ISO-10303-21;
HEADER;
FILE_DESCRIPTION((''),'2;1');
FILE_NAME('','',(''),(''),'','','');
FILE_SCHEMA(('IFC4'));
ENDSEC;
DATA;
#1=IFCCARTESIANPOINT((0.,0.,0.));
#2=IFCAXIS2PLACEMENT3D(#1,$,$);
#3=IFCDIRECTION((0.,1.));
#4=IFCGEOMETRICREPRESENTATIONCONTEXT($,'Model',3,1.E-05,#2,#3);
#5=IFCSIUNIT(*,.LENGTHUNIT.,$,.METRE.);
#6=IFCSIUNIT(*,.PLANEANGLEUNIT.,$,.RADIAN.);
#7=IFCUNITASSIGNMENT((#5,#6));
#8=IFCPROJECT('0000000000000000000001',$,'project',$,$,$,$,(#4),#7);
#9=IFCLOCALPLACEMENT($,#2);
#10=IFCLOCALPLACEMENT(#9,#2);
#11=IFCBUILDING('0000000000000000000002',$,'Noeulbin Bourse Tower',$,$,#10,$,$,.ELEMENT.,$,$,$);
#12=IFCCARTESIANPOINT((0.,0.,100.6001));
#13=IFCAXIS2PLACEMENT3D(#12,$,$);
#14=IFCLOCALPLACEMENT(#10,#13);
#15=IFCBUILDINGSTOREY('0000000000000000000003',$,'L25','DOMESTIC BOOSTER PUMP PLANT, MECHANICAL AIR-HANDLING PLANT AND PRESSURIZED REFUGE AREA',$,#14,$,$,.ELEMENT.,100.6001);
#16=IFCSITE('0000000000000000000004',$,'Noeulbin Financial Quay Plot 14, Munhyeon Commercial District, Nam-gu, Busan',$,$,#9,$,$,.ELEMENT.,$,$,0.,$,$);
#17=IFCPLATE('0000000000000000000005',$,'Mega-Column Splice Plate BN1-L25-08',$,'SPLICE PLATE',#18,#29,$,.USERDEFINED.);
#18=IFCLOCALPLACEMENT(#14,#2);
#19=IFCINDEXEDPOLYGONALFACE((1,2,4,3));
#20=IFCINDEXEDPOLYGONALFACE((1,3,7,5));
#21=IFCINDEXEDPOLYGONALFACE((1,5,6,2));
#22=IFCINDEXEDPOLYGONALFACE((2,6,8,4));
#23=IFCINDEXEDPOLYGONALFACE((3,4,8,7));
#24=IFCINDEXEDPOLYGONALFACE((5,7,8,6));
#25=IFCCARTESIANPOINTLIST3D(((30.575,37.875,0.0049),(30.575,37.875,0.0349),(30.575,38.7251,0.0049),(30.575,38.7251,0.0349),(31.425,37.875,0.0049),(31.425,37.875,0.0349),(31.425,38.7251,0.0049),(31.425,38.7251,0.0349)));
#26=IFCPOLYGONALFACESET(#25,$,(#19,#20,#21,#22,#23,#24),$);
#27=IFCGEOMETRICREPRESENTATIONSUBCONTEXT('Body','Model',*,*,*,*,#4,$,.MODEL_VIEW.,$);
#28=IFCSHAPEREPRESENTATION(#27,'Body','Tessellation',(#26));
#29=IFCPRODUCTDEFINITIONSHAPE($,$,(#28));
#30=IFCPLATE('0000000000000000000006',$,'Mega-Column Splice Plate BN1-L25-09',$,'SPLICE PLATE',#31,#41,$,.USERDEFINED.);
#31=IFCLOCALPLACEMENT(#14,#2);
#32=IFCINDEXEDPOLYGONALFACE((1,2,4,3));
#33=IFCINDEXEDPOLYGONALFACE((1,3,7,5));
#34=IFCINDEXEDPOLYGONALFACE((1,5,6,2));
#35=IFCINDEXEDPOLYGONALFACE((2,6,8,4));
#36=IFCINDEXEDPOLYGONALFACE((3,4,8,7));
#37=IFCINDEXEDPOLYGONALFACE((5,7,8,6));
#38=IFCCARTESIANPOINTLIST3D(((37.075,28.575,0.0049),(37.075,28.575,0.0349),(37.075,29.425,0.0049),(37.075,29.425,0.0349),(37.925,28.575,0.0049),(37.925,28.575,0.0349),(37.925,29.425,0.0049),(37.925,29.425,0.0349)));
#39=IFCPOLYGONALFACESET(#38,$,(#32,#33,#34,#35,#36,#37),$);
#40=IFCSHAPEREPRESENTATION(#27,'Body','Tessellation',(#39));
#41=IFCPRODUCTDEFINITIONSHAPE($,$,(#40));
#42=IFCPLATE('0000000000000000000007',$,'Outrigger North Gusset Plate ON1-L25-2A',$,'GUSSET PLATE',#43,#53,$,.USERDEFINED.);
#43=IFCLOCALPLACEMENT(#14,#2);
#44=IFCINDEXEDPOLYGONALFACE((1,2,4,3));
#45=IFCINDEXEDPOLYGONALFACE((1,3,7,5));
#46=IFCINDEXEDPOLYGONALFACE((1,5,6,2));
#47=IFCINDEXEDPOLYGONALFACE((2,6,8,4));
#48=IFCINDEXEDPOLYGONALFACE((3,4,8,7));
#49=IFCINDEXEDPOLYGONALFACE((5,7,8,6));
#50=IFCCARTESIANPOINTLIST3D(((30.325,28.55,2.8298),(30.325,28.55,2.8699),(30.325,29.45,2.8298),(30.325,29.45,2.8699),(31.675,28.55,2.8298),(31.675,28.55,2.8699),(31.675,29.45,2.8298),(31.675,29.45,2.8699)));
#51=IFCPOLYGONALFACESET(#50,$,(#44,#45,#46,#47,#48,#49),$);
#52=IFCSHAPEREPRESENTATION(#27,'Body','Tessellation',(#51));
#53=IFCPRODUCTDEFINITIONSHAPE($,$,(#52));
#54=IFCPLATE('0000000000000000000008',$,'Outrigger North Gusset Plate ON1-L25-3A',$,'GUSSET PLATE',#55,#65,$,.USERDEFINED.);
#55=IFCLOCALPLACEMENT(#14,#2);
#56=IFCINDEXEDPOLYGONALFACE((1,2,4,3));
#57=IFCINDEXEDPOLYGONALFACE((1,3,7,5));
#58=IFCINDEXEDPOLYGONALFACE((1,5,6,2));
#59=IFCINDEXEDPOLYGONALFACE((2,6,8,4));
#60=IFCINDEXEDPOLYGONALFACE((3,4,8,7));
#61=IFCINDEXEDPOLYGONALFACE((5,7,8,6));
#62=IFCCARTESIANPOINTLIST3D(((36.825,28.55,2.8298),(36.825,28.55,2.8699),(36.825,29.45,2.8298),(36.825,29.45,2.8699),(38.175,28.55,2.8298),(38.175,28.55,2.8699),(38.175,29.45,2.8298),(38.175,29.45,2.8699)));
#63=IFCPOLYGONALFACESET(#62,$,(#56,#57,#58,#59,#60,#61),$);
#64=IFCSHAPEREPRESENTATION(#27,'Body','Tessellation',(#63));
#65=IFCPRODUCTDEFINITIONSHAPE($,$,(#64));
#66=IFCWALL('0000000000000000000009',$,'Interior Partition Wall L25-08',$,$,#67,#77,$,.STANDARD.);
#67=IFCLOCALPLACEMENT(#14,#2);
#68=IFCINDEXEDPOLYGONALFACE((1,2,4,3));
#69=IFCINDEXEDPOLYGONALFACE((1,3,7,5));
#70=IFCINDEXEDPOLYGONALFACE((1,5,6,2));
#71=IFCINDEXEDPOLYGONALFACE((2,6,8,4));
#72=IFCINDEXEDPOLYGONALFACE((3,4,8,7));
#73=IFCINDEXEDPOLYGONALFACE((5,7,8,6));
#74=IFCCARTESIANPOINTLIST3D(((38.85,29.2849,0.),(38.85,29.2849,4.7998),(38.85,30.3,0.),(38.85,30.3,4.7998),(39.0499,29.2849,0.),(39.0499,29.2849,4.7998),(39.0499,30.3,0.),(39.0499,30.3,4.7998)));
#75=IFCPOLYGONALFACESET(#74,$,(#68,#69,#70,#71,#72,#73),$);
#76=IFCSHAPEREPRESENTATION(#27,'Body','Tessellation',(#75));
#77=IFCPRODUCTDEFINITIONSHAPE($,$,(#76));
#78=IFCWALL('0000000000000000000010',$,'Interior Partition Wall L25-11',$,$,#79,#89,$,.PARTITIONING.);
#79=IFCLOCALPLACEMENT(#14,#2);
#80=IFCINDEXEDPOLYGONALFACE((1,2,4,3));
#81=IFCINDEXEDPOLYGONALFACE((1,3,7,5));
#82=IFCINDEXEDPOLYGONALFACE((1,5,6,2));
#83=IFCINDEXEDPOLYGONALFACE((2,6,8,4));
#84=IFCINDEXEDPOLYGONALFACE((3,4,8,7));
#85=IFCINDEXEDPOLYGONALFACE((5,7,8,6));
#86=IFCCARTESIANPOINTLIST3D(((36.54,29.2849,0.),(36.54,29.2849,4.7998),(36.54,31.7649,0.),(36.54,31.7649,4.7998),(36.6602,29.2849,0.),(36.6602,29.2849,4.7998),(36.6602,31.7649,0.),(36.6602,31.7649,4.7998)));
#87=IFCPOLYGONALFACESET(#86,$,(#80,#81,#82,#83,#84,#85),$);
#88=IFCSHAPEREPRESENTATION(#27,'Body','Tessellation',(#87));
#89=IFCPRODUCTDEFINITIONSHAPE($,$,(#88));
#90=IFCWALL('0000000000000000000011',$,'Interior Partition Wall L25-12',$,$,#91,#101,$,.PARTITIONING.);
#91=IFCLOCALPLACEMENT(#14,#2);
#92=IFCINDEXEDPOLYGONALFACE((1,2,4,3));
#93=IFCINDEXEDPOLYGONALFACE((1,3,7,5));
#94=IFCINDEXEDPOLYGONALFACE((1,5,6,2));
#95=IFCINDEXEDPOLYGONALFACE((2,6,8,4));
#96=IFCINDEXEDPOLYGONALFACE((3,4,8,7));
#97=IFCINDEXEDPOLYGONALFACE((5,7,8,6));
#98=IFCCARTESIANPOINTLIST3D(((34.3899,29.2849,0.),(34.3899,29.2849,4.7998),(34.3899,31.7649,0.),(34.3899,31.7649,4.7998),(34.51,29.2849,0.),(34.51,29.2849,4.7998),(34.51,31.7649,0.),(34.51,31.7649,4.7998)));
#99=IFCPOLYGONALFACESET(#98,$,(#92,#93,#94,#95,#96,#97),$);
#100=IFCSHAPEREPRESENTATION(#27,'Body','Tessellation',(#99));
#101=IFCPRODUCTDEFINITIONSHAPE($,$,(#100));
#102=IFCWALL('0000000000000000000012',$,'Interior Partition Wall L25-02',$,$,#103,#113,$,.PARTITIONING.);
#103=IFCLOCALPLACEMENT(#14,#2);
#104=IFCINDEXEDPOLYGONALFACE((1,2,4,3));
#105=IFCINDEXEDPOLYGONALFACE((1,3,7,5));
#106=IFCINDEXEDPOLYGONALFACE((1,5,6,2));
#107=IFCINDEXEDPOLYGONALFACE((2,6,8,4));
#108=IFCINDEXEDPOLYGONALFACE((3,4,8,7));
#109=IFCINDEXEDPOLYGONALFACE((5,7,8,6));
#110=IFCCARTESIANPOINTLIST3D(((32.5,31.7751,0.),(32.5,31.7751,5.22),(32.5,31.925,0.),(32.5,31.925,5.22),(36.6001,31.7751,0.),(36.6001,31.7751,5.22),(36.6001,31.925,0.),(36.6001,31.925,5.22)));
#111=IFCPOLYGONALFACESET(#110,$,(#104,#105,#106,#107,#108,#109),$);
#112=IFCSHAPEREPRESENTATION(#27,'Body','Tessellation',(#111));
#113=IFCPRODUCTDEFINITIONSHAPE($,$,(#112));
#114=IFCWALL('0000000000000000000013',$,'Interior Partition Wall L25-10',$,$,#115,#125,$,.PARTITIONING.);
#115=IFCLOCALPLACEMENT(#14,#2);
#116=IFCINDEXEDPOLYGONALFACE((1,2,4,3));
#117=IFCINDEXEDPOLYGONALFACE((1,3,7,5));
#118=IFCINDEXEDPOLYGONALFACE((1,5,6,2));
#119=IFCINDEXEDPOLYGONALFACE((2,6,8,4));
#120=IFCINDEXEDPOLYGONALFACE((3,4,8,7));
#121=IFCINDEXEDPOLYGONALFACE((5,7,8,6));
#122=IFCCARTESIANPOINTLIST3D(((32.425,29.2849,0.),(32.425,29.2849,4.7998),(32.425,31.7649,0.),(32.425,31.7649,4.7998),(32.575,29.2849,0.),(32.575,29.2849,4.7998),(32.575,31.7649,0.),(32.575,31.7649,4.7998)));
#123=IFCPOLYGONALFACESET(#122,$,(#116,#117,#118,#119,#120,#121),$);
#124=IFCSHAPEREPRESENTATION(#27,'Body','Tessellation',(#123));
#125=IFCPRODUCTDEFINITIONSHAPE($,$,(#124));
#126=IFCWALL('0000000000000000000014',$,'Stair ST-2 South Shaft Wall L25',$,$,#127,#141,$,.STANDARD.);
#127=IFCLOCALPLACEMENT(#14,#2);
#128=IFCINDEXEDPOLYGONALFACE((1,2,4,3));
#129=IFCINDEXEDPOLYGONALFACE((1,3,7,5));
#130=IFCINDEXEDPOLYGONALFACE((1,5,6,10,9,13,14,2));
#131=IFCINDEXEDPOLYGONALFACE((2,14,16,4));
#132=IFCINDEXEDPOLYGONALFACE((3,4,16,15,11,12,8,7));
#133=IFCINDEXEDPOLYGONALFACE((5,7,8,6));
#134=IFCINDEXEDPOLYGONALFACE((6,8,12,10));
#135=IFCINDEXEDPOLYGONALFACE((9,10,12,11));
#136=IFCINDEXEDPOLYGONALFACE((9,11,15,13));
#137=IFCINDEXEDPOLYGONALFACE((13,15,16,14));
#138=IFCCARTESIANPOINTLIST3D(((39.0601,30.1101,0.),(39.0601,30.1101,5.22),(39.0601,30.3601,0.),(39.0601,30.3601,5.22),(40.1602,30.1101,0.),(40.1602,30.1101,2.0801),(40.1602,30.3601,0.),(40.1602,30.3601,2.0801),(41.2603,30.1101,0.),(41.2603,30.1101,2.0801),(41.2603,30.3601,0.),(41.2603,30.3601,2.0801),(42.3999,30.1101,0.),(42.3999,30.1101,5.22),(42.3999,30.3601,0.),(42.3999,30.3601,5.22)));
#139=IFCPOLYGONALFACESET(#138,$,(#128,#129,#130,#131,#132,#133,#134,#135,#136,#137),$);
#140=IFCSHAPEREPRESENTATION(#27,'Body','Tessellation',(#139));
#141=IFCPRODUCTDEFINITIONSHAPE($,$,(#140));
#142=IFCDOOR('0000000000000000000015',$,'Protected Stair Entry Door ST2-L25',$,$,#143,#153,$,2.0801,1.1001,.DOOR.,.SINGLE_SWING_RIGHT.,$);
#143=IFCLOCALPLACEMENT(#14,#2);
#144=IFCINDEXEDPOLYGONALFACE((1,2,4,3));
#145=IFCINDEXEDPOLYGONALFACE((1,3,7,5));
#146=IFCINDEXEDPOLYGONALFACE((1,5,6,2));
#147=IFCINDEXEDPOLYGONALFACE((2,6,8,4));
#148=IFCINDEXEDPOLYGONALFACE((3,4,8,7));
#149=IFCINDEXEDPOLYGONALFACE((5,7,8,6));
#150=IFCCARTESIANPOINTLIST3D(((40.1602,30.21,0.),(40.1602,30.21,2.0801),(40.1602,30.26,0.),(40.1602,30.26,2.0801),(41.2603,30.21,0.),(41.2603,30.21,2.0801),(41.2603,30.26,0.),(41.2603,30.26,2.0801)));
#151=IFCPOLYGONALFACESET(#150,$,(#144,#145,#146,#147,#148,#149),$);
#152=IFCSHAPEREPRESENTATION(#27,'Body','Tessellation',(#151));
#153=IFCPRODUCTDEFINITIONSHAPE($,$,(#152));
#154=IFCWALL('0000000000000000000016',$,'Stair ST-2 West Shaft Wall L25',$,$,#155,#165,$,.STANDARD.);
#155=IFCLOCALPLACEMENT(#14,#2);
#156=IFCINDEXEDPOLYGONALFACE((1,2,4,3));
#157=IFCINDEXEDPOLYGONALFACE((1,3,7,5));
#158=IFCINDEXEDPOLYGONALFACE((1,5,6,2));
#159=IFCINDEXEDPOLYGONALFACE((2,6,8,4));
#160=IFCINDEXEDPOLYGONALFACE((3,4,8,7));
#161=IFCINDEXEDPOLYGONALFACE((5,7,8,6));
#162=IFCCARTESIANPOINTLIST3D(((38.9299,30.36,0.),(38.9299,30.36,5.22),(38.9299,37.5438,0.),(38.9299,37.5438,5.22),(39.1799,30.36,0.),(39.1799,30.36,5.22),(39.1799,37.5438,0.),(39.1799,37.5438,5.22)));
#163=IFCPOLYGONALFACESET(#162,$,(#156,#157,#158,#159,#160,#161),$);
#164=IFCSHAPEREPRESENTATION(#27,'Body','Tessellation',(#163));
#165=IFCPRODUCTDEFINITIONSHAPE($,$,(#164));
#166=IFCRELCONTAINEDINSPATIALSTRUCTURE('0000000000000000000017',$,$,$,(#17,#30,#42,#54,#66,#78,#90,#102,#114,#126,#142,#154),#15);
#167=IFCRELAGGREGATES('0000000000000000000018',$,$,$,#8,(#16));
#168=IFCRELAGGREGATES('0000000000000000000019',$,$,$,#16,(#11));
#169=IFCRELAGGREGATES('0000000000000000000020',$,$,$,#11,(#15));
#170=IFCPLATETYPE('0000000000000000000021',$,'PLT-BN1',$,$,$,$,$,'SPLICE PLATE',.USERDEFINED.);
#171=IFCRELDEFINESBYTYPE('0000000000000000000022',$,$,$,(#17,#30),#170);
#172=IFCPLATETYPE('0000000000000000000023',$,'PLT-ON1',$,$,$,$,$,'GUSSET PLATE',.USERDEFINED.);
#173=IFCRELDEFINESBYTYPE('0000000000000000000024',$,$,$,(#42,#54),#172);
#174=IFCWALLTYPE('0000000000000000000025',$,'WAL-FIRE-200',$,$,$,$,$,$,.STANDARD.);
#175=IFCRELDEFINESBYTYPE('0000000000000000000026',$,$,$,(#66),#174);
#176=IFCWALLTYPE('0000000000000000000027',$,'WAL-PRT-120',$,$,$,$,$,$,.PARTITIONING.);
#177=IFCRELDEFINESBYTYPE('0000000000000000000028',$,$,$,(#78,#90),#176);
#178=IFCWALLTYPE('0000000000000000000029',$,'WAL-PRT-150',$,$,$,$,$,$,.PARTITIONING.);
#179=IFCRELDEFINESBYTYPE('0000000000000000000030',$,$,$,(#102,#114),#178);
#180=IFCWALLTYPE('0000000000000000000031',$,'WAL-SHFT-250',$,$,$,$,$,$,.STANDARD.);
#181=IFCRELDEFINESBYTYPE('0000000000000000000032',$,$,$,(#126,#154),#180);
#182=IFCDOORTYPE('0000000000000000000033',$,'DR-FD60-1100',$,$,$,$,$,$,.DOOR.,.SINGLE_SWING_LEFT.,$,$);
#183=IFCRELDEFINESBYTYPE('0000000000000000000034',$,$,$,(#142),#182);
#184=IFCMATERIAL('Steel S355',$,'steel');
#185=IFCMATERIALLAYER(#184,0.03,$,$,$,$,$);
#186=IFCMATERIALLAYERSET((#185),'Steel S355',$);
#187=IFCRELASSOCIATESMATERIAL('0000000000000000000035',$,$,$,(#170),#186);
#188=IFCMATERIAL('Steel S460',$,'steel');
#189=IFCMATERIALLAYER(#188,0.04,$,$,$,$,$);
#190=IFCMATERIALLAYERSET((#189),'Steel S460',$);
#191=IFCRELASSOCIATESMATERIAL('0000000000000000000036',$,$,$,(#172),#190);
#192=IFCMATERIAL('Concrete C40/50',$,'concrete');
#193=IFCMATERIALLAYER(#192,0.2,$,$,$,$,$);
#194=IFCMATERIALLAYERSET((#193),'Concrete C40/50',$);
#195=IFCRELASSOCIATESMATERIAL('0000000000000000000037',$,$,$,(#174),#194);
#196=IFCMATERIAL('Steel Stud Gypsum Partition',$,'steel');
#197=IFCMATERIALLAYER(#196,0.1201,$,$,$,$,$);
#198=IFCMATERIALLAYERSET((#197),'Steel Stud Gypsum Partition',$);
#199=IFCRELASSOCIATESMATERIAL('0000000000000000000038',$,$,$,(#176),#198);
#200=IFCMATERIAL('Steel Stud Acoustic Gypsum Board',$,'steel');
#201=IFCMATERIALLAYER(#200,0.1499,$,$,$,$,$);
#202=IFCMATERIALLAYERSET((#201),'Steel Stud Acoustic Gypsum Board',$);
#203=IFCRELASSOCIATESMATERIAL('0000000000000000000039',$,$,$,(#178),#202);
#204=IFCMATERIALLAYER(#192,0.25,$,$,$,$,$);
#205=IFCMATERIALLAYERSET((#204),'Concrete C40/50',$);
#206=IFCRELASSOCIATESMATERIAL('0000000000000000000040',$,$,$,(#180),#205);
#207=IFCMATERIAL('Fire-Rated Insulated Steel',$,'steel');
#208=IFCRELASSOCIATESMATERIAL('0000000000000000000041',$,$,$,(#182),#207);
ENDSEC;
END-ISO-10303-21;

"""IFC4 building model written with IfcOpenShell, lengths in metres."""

from ifc_helpers import new_model, si_unit, direction, frame, frame_2d, origin, origin_2d, place, context, subcontext, project, spatial, rectangle, extrude, material, layer, layer_set, type_object, element, fill, save


model = new_model("IFC4")

# Units and contexts
model_context = context("Model", 3, precision=1e-05, world=origin(), true_north=direction((0.0, 1.0)))
body_context = subcontext(model_context, "Body", "Model", "MODEL_VIEW")
ifc_project = project(units=[si_unit("LENGTHUNIT", "METRE"), si_unit("PLANEANGLEUNIT", "RADIAN")], contexts=[model_context])

# Site, building, storey
site_placement = place(None, origin())
site = spatial("IfcSite", under=ifc_project, at=site_placement, Name="Noeulbin Financial Quay Plot 14, Munhyeon Commercial District, Nam-gu, Busan", CompositionType="ELEMENT", RefElevation=0.0)
building_placement = place(site_placement, origin())
building = spatial("IfcBuilding", under=site, at=building_placement, Name="Noeulbin Bourse Tower", CompositionType="ELEMENT")
storey_placement = place(building_placement, frame((0.0, 0.0, 100.6001)))
storey = spatial("IfcBuildingStorey", under=building, at=storey_placement, Name="L25", Description="DOMESTIC BOOSTER PUMP PLANT, MECHANICAL AIR-HANDLING PLANT AND PRESSURIZED REFUGE AREA", CompositionType="ELEMENT", Elevation=100.6001)

# Shared definitions
ifc_material_1 = material(Name="Steel S460", Category="steel")

# Plates
ifc_material_2 = material(Name="Steel S355", Category="steel")
ifc_layer_1 = layer(ifc_material_2, 0.03)
ifc_layer_set_1 = layer_set([ifc_layer_1], Name="Steel S355")
plate_type_1 = type_object("IfcPlateType", Name="PLT-BN1", ElementType="SPLICE PLATE", PredefinedType="USERDEFINED", material=ifc_layer_set_1)
for number, where, z_axis, x_axis, name in (
    (1, (31.0, 38.3, 0.0049), (0.0, 0.0, 1.0), (1.0, 0.0, 0.0), "Mega-Column Splice Plate BN1-L25-08"),
    (2, (37.5, 29.0, 0.0049), (0.0, 0.0, 1.0), (1.0, 0.0, 0.0), "Mega-Column Splice Plate BN1-L25-09"),
):
    element("IfcPlate", number, at=place(storey_placement, frame(where, z_axis=z_axis, x_axis=x_axis)), inside=storey, type_object=plate_type_1, Name=name, ObjectType="SPLICE PLATE", PredefinedType="USERDEFINED", context=body_context, shape_type="SweptSolid", body=[
        extrude(rectangle(XDim=0.8501, YDim=0.8501, at=origin_2d()), origin(), (0.0, 0.0, 1.0), 0.03),
    ])
ifc_layer_2 = layer(ifc_material_1, 0.04)
ifc_layer_set_2 = layer_set([ifc_layer_2], Name="Steel S460")
plate_type_2 = type_object("IfcPlateType", Name="PLT-ON1", ElementType="GUSSET PLATE", PredefinedType="USERDEFINED", material=ifc_layer_set_2)
for number, where, z_axis, x_axis, name in (
    (3, (31.0, 29.0, 2.8298), (0.0, 0.0, 1.0), (1.0, 0.0, 0.0), "Outrigger North Gusset Plate ON1-L25-2A"),
    (4, (37.5, 29.0, 2.8298), (0.0, 0.0, 1.0), (1.0, 0.0, 0.0), "Outrigger North Gusset Plate ON1-L25-3A"),
):
    element("IfcPlate", number, at=place(storey_placement, frame(where, z_axis=z_axis, x_axis=x_axis)), inside=storey, type_object=plate_type_2, Name=name, ObjectType="GUSSET PLATE", PredefinedType="USERDEFINED", context=body_context, shape_type="SweptSolid", body=[
        extrude(rectangle(XDim=1.3501, YDim=0.8999, at=origin_2d()), origin(), (0.0, 0.0, 1.0), 0.04),
    ])

# Walls
ifc_material_3 = material(Name="Concrete C40/50", Category="concrete")
ifc_layer_3 = layer(ifc_material_3, 0.2)
ifc_layer_set_3 = layer_set([ifc_layer_3], Name="Concrete C40/50")
wall_type_1 = type_object("IfcWallType", Name="WAL-FIRE-200", PredefinedType="STANDARD", material=ifc_layer_set_3)
wall_1_placement = place(storey_placement, frame((38.95, 29.2849, 0.0), z_axis=(0.0, 0.0, 1.0), x_axis=(0.0, 1.0, 0.0)))
element("IfcWall", 5, at=wall_1_placement, inside=storey, type_object=wall_type_1, Name="Interior Partition Wall L25-08", PredefinedType="STANDARD", context=body_context, shape_type="SweptSolid", body=[
    extrude(rectangle(XDim=1.0151, YDim=0.2, at=frame_2d((0.5076, 0.0))), origin(), (0.0, 0.0, 1.0), 4.7998),
])
ifc_material_4 = material(Name="Steel Stud Gypsum Partition", Category="steel")
ifc_layer_4 = layer(ifc_material_4, 0.1201)
ifc_layer_set_4 = layer_set([ifc_layer_4], Name="Steel Stud Gypsum Partition")
wall_type_2 = type_object("IfcWallType", Name="WAL-PRT-120", PredefinedType="PARTITIONING", material=ifc_layer_set_4)
for number, where, z_axis, x_axis, name in (
    (6, (36.6001, 29.2849, 0.0), (0.0, 0.0, 1.0), (0.0, 1.0, 0.0), "Interior Partition Wall L25-11"),
    (7, (34.45, 29.2849, 0.0), (0.0, 0.0, 1.0), (0.0, 1.0, 0.0), "Interior Partition Wall L25-12"),
):
    element("IfcWall", number, at=place(storey_placement, frame(where, z_axis=z_axis, x_axis=x_axis)), inside=storey, type_object=wall_type_2, Name=name, PredefinedType="PARTITIONING", context=body_context, shape_type="SweptSolid", body=[
        extrude(rectangle(XDim=2.48, YDim=0.1201, at=frame_2d((1.24, 0.0))), origin(), (0.0, 0.0, 1.0), 4.7998),
    ])
ifc_material_5 = material(Name="Steel Stud Acoustic Gypsum Board", Category="steel")
ifc_layer_5 = layer(ifc_material_5, 0.1499)
ifc_layer_set_5 = layer_set([ifc_layer_5], Name="Steel Stud Acoustic Gypsum Board")
wall_type_3 = type_object("IfcWallType", Name="WAL-PRT-150", PredefinedType="PARTITIONING", material=ifc_layer_set_5)
wall_2_placement = place(storey_placement, frame((32.5, 31.8501, 0.0), z_axis=(0.0, 0.0, 1.0), x_axis=(1.0, 0.0, 0.0)))
element("IfcWall", 8, at=wall_2_placement, inside=storey, type_object=wall_type_3, Name="Interior Partition Wall L25-02", PredefinedType="PARTITIONING", context=body_context, shape_type="SweptSolid", body=[
    extrude(rectangle(XDim=4.1001, YDim=0.1499, at=frame_2d((2.05, 0.0))), origin(), (0.0, 0.0, 1.0), 5.22),
])
wall_3_placement = place(storey_placement, frame((32.5, 29.2849, 0.0), z_axis=(0.0, 0.0, 1.0), x_axis=(0.0, 1.0, 0.0)))
element("IfcWall", 9, at=wall_3_placement, inside=storey, type_object=wall_type_3, Name="Interior Partition Wall L25-10", PredefinedType="PARTITIONING", context=body_context, shape_type="SweptSolid", body=[
    extrude(rectangle(XDim=2.48, YDim=0.1499, at=frame_2d((1.24, 0.0))), origin(), (0.0, 0.0, 1.0), 4.7998),
])

# Wall, opening, door
ifc_layer_6 = layer(ifc_material_3, 0.25)
ifc_layer_set_6 = layer_set([ifc_layer_6], Name="Concrete C40/50")
wall_type_4 = type_object("IfcWallType", Name="WAL-SHFT-250", PredefinedType="STANDARD", material=ifc_layer_set_6)
wall_4_placement = place(storey_placement, frame((39.0601, 30.2351, 0.0), z_axis=(0.0, 0.0, 1.0), x_axis=(1.0, 0.0, 0.0)))
wall_4 = element("IfcWall", 10, at=wall_4_placement, inside=storey, type_object=wall_type_4, Name="Stair ST-2 South Shaft Wall L25", PredefinedType="STANDARD", context=body_context, shape_type="SweptSolid", body=[
    extrude(rectangle(XDim=3.3398, YDim=0.25, at=frame_2d((1.6699, 0.0))), origin(), (0.0, 0.0, 1.0), 5.22),
])
opening_1_placement = place(wall_4_placement, frame((1.1001, 0.0, 0.0)))
opening_1 = element("IfcOpeningElement", 11, at=opening_1_placement, cuts=wall_4, PredefinedType="OPENING", context=body_context, shape_type="SweptSolid", body=[
    extrude(rectangle(XDim=1.1001, YDim=2.0801, at=frame_2d((0.55, 1.04))), frame((0.0, 0.135, 0.0), z_axis=(0.0, -1.0, 0.0), x_axis=(1.0, 0.0, 0.0)), (0.0, 0.0, 1.0), 0.27),
])
ifc_material_6 = material(Name="Fire-Rated Insulated Steel", Category="steel")
door_type_1 = type_object("IfcDoorType", Name="DR-FD60-1100", OperationType="SINGLE_SWING_LEFT", PredefinedType="DOOR", material=ifc_material_6)
door_1_placement = place(opening_1_placement, origin())
door_1 = element("IfcDoor", 12, at=door_1_placement, inside=storey, type_object=door_type_1, Name="Protected Stair Entry Door ST2-L25", OperationType="SINGLE_SWING_RIGHT", OverallHeight=2.0801, OverallWidth=1.1001, PredefinedType="DOOR", context=body_context, shape_type="SweptSolid", body=[
    extrude(rectangle(XDim=1.1001, YDim=2.0801, at=frame_2d((0.55, 1.04))), frame((0.0, 0.0249, 0.0), z_axis=(0.0, -1.0, 0.0), x_axis=(1.0, 0.0, 0.0)), (0.0, 0.0, 1.0), 0.05),
])
fill(opening_1, door_1)

# Wall
wall_5_placement = place(storey_placement, frame((39.0549, 30.3601, 0.0), z_axis=(0.0, 0.0, 1.0), x_axis=(0.0, 1.0, 0.0)))
element("IfcWall", 13, at=wall_5_placement, inside=storey, type_object=wall_type_4, Name="Stair ST-2 West Shaft Wall L25", PredefinedType="STANDARD", context=body_context, shape_type="SweptSolid", body=[
    extrude(rectangle(XDim=7.1838, YDim=0.25, at=frame_2d((3.5918, 0.0))), origin(), (0.0, 0.0, 1.0), 5.22),
])

save(model, "model.ifc")
